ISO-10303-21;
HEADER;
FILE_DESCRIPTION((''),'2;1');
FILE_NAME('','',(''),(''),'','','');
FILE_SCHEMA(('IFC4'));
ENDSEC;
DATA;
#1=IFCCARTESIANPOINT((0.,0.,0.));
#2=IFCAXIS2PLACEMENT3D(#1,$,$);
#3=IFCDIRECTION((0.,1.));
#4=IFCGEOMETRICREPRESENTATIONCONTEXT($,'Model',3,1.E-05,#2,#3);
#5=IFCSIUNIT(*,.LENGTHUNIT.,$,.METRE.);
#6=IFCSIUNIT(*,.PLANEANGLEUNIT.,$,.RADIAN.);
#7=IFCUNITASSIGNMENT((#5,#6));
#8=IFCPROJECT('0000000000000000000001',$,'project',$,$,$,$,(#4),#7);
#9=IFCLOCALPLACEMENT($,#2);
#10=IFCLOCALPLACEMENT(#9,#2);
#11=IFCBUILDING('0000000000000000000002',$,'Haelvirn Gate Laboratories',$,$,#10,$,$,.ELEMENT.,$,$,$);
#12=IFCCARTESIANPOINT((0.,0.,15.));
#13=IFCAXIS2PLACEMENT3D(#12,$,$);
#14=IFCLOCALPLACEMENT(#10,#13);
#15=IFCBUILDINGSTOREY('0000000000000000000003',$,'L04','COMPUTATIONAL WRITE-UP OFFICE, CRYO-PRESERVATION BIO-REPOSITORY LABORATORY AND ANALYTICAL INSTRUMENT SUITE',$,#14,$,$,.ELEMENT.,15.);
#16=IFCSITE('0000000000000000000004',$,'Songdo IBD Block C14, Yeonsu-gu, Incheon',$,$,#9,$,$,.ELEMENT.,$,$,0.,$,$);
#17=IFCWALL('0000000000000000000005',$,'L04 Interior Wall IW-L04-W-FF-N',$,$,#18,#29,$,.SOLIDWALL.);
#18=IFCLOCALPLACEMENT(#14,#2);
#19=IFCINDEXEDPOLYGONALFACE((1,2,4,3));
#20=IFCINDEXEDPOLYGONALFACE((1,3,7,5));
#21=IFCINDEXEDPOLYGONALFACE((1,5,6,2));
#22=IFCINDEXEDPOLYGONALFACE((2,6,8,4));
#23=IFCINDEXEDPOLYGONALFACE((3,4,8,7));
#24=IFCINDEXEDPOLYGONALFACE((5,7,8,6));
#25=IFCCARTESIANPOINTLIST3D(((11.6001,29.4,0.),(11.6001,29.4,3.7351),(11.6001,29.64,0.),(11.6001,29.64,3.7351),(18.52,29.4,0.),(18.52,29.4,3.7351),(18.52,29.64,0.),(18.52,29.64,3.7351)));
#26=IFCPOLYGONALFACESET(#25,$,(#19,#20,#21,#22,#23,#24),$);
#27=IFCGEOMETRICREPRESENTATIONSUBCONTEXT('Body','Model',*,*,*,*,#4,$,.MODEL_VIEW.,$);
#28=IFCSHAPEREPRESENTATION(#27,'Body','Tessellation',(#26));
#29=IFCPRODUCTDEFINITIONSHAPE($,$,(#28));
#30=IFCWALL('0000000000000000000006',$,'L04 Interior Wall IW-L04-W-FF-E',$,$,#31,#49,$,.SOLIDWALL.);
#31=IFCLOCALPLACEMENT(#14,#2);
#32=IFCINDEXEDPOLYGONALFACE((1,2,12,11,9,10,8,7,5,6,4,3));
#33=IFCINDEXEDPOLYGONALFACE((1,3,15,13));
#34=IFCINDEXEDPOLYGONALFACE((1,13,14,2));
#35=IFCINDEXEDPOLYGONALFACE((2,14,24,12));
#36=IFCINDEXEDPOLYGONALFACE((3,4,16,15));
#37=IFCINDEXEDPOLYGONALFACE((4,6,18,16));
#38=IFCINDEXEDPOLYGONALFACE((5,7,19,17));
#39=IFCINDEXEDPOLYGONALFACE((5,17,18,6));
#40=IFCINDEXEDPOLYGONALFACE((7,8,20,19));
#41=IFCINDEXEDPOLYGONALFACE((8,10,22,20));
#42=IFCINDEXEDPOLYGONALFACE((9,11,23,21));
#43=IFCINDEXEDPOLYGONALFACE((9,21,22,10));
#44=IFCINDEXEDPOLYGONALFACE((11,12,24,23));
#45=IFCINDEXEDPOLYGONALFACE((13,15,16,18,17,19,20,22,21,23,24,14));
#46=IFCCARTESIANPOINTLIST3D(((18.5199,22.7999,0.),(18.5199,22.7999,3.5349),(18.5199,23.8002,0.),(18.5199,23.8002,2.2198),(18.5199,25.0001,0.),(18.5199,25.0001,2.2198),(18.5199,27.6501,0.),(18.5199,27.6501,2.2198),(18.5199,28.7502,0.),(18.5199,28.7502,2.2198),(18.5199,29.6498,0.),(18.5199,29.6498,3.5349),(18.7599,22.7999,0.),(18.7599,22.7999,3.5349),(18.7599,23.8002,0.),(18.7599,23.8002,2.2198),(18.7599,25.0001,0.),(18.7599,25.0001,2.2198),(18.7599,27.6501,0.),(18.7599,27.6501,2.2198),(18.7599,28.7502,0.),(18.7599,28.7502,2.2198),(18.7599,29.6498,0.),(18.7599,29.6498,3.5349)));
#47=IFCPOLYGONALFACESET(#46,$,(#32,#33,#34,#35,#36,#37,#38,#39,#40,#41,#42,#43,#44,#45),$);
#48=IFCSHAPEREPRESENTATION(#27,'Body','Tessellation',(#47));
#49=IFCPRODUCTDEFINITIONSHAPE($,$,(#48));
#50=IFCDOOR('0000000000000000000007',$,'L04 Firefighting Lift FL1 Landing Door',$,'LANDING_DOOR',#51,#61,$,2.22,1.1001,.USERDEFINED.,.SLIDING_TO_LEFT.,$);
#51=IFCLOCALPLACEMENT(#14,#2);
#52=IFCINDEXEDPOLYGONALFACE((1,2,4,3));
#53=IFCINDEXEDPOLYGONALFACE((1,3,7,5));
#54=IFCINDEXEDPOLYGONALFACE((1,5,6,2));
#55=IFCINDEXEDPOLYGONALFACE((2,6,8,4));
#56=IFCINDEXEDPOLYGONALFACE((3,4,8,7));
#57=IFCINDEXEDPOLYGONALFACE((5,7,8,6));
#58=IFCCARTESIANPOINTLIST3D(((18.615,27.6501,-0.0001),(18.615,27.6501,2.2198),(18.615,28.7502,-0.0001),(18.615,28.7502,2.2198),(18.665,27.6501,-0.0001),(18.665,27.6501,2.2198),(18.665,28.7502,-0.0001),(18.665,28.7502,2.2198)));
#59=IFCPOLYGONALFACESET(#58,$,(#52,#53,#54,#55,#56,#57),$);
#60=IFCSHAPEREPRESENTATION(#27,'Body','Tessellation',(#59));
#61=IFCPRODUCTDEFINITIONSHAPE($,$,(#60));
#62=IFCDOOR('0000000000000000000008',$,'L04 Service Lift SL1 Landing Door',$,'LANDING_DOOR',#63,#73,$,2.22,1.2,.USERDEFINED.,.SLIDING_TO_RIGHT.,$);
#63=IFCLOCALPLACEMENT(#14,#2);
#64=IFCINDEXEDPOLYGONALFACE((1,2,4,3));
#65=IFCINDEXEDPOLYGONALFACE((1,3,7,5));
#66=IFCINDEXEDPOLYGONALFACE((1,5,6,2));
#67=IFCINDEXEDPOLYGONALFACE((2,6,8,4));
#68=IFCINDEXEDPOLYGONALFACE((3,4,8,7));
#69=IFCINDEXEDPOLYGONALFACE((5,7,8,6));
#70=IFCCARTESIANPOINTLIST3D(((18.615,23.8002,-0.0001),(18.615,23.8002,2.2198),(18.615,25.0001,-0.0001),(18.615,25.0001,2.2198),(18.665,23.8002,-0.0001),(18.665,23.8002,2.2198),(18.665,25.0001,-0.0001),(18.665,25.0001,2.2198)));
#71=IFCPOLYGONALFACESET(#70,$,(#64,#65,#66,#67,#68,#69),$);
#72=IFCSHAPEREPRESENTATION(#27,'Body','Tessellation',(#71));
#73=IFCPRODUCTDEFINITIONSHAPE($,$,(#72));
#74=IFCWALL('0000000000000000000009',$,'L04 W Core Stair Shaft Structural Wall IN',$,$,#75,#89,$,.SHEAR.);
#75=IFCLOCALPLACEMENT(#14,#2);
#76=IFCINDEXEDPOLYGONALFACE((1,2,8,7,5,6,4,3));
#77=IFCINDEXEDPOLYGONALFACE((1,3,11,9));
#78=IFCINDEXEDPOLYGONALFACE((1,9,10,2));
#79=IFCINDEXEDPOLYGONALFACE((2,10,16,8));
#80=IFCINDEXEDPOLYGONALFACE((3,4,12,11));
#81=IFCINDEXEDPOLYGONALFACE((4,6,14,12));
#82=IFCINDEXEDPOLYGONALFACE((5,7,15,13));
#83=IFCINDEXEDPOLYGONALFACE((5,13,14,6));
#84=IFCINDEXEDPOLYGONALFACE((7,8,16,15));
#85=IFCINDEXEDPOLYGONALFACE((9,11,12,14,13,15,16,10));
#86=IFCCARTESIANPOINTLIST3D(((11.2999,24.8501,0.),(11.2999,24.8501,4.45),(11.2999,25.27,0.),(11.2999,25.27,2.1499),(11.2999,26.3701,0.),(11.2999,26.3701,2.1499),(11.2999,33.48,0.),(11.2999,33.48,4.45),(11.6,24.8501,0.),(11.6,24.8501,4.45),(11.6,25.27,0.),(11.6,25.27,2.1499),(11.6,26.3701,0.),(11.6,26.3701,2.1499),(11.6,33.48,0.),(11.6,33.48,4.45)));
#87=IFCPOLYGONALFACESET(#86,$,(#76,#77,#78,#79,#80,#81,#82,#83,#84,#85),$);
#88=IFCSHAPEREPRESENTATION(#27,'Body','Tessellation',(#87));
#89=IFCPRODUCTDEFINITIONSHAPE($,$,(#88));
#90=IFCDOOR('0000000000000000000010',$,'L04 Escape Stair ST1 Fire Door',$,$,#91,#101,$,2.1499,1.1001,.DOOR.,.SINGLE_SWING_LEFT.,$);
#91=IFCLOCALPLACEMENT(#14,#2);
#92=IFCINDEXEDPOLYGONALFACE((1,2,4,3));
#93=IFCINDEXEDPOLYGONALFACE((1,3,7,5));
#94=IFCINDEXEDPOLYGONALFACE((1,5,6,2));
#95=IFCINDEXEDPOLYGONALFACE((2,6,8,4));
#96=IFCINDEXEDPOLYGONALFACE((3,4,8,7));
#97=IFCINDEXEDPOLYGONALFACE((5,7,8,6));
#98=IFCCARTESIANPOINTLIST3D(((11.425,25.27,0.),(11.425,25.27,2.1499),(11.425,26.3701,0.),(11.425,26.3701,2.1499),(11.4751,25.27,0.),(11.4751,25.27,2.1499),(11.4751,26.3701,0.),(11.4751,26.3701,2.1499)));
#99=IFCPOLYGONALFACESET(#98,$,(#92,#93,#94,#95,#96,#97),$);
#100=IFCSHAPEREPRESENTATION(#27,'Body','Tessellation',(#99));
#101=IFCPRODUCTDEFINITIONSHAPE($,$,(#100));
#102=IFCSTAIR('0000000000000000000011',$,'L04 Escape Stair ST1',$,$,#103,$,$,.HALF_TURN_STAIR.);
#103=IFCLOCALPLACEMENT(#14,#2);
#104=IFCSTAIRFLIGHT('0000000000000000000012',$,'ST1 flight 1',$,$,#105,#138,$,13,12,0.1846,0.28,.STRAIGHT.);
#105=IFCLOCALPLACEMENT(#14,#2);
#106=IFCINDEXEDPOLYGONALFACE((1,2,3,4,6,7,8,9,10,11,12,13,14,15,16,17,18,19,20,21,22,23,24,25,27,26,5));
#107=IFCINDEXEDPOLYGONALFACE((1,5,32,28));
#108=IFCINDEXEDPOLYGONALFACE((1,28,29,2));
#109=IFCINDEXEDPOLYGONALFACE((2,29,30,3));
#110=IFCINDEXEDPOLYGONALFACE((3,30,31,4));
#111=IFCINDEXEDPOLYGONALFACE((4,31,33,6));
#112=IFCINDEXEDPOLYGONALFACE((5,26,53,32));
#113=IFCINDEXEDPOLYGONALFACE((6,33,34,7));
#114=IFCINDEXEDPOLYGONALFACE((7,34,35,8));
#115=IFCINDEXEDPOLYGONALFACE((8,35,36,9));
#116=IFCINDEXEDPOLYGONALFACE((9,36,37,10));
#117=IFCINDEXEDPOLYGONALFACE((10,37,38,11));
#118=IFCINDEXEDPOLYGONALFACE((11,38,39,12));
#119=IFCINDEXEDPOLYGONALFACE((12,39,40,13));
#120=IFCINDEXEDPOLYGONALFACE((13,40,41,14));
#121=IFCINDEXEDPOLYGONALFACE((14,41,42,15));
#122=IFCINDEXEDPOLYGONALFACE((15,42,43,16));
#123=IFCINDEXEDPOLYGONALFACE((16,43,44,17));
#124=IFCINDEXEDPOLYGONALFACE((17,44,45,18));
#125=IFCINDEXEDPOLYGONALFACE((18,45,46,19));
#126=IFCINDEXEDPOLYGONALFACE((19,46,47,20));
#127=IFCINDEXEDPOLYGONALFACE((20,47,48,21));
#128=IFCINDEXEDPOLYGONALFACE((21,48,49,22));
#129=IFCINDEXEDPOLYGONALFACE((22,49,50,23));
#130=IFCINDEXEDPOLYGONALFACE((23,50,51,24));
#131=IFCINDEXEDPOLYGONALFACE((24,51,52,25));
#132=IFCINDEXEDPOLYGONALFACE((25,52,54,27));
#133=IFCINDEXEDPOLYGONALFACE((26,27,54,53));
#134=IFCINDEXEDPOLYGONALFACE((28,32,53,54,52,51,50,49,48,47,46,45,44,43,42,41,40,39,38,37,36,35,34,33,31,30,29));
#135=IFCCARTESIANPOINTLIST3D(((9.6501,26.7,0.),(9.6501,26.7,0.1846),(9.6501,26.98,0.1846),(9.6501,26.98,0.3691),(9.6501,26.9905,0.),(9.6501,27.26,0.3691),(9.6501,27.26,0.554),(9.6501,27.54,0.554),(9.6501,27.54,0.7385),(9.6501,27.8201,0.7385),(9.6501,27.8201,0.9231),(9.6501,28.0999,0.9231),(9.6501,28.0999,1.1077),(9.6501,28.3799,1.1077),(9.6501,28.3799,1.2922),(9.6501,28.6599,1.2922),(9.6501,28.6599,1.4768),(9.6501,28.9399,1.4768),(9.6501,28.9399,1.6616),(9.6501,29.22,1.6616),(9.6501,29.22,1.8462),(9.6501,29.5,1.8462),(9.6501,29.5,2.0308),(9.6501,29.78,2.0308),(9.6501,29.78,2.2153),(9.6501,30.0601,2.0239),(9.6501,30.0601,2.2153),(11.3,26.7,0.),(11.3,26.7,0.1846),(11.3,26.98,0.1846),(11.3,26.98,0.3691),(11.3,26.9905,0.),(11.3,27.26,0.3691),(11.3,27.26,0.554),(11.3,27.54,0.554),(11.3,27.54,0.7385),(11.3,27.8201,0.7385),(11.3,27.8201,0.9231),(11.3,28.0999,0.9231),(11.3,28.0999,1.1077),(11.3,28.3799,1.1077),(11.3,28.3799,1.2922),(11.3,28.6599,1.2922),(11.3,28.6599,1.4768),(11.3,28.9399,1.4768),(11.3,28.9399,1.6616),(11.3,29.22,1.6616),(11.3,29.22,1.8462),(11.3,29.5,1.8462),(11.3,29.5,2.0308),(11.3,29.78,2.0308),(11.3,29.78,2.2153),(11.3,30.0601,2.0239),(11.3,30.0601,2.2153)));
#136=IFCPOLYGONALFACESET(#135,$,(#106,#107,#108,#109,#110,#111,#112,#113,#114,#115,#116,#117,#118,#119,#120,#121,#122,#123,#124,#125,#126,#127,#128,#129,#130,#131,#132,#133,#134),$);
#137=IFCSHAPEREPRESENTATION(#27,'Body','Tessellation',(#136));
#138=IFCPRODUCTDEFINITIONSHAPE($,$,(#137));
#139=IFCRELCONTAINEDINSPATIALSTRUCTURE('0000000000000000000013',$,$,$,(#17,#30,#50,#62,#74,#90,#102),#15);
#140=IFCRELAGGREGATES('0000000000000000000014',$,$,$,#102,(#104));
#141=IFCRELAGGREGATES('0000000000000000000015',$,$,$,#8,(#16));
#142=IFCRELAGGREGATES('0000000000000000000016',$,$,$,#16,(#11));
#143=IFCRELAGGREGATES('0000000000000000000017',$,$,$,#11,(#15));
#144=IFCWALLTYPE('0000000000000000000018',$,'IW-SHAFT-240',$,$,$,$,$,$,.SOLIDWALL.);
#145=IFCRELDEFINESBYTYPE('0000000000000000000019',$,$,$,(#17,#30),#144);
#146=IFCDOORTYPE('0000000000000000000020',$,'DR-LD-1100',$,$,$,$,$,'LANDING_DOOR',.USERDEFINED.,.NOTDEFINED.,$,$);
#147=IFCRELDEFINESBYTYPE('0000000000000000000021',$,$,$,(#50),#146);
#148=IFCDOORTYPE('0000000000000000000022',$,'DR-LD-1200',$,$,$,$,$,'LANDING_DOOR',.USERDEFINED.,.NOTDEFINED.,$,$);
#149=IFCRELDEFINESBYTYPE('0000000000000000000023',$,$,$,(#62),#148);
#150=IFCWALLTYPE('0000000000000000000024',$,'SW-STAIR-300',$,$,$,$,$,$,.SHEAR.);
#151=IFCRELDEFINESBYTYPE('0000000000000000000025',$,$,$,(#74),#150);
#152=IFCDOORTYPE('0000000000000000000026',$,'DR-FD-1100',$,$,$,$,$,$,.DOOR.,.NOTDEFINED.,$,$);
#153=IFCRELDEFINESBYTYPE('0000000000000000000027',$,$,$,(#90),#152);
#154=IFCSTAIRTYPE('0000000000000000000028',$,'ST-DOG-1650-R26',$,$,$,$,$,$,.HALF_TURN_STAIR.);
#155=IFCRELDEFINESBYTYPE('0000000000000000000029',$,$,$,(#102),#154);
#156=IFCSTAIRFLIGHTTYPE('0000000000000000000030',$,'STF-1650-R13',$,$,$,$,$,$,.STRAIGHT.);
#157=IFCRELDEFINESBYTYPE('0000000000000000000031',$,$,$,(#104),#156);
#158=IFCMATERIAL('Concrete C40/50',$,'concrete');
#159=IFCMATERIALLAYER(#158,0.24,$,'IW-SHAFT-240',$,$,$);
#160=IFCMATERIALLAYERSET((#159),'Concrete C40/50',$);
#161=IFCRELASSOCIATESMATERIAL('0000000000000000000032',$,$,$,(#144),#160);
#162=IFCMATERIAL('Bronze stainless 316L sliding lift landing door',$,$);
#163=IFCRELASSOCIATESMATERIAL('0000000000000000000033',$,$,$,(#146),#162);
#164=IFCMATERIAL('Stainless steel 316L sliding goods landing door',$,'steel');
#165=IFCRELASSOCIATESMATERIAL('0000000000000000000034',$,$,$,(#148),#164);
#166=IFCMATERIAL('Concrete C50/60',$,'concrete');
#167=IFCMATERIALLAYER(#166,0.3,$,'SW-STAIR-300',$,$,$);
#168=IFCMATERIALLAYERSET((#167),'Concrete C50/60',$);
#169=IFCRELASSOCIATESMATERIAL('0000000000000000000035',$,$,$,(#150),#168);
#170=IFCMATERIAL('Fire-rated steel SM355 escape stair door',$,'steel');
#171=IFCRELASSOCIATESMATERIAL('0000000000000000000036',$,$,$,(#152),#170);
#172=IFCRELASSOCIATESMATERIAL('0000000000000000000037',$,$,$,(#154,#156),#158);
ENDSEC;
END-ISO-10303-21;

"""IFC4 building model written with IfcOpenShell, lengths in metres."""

from ifc_helpers import new_model, si_unit, direction, frame, frame_2d, origin, place, context, subcontext, project, spatial, polyline, rectangle, outline, extrude, source, transform, mapped, material, layer, layer_set, type_object, type_shapes, element, fill, aggregate, save


model = new_model("IFC4")

# Units and contexts
model_context = context("Model", 3, precision=1e-05, world=origin(), true_north=direction((0.0, 1.0)))
body_context = subcontext(model_context, "Body", "Model", "MODEL_VIEW")
ifc_project = project(units=[si_unit("LENGTHUNIT", "METRE"), si_unit("PLANEANGLEUNIT", "RADIAN")], contexts=[model_context])

# Site, building, storey
site_placement = place(None, origin())
site = spatial("IfcSite", under=ifc_project, at=site_placement, Name="Songdo IBD Block C14, Yeonsu-gu, Incheon", CompositionType="ELEMENT", RefElevation=0.0)
building_placement = place(site_placement, origin())
building = spatial("IfcBuilding", under=site, at=building_placement, Name="Haelvirn Gate Laboratories", CompositionType="ELEMENT")
storey_placement = place(building_placement, frame((0.0, 0.0, 15.0)))
storey = spatial("IfcBuildingStorey", under=building, at=storey_placement, Name="L04", Description="COMPUTATIONAL WRITE-UP OFFICE, CRYO-PRESERVATION BIO-REPOSITORY LABORATORY AND ANALYTICAL INSTRUMENT SUITE", CompositionType="ELEMENT", Elevation=15.0)

# Shared definitions
ifc_material_1 = material(Name="Concrete C40/50", Category="concrete")

# Shared definitions
ifc_layer_1 = layer(ifc_material_1, 0.24, Name="IW-SHAFT-240")
ifc_layer_set_1 = layer_set([ifc_layer_1], Name="Concrete C40/50")
wall_type_1 = type_object("IfcWallType", Name="IW-SHAFT-240", PredefinedType="SOLIDWALL", material=ifc_layer_set_1)

# Wall
wall_1_placement = place(storey_placement, frame((11.6001, 29.52, 0.0), z_axis=(0.0, 0.0, 1.0), x_axis=(1.0, 0.0, 0.0)))
element("IfcWall", 1, at=wall_1_placement, inside=storey, type_object=wall_type_1, Name="L04 Interior Wall IW-L04-W-FF-N", PredefinedType="SOLIDWALL", context=body_context, shape_type="SweptSolid", body=[
    extrude(rectangle(XDim=6.9199, YDim=0.24, at=frame_2d((3.46, 0.0))), origin(), (0.0, 0.0, 1.0), 3.7351),
])

# Wall, openings, doors
wall_2_placement = place(storey_placement, frame((18.6399, 22.8, 0.0), z_axis=(0.0, 0.0, 1.0), x_axis=(0.0, 1.0, 0.0)))
wall_2 = element("IfcWall", 2, at=wall_2_placement, inside=storey, type_object=wall_type_1, Name="L04 Interior Wall IW-L04-W-FF-E", PredefinedType="SOLIDWALL", context=body_context, shape_type="SweptSolid", body=[
    extrude(rectangle(XDim=6.8499, YDim=0.24, at=frame_2d((3.4248, 0.0))), origin(), (0.0, 0.0, 1.0), 3.5349),
])
opening_1_placement = place(wall_2_placement, frame((4.8501, 0.0, 0.0)))
opening_1 = element("IfcOpeningElement", 3, at=opening_1_placement, cuts=wall_2, PredefinedType="OPENING", context=body_context, shape_type="SweptSolid", body=[
    extrude(rectangle(XDim=1.1001, YDim=2.22, at=frame_2d((0.55, 1.1099))), frame((0.0, 0.1299, 0.0), z_axis=(0.0, -1.0, 0.0), x_axis=(1.0, 0.0, 0.0)), (0.0, 0.0, 1.0), 0.26),
])
opening_2_placement = place(wall_2_placement, frame((1.0, 0.0, 0.0)))
opening_2 = element("IfcOpeningElement", 4, at=opening_2_placement, cuts=wall_2, PredefinedType="OPENING", context=body_context, shape_type="SweptSolid", body=[
    extrude(rectangle(XDim=1.2, YDim=2.22, at=frame_2d((0.6001, 1.1099))), frame((0.0, 0.1299, 0.0), z_axis=(0.0, -1.0, 0.0), x_axis=(1.0, 0.0, 0.0)), (0.0, 0.0, 1.0), 0.26),
])
ifc_material_2 = material(Name="Bronze stainless 316L sliding lift landing door")
door_type_1 = type_object("IfcDoorType", Name="DR-LD-1100", ElementType="LANDING_DOOR", OperationType="NOTDEFINED", PredefinedType="USERDEFINED", material=ifc_material_2)
shared_shape_1 = source(origin(), body_context, "Body", "SweptSolid", [
    extrude(rectangle(XDim=1.1001, YDim=2.22, at=frame_2d((0.55, 1.1099))), frame((0.0, 0.0249, 0.0), z_axis=(0.0, -1.0, 0.0), x_axis=(1.0, 0.0, 0.0)), (0.0, 0.0, 1.0), 0.05),
])
type_shapes(door_type_1, [shared_shape_1])
door_1_placement = place(opening_1_placement, origin())
door_1 = element("IfcDoor", 5, at=door_1_placement, inside=storey, type_object=door_type_1, Name="L04 Firefighting Lift FL1 Landing Door", ObjectType="LANDING_DOOR", OperationType="SLIDING_TO_LEFT", OverallHeight=2.22, OverallWidth=1.1001, PredefinedType="USERDEFINED", context=body_context, shape_type="MappedRepresentation", body=[
    mapped(shared_shape_1, transform((0.0, 0.0, 0.0), scale=1.0)),
])
fill(opening_1, door_1)
ifc_material_3 = material(Name="Stainless steel 316L sliding goods landing door", Category="steel")
door_type_2 = type_object("IfcDoorType", Name="DR-LD-1200", ElementType="LANDING_DOOR", OperationType="NOTDEFINED", PredefinedType="USERDEFINED", material=ifc_material_3)
shared_shape_2 = source(origin(), body_context, "Body", "SweptSolid", [
    extrude(rectangle(XDim=1.2, YDim=2.22, at=frame_2d((0.6001, 1.1099))), frame((0.0, 0.0249, 0.0), z_axis=(0.0, -1.0, 0.0), x_axis=(1.0, 0.0, 0.0)), (0.0, 0.0, 1.0), 0.05),
])
type_shapes(door_type_2, [shared_shape_2])
door_2_placement = place(opening_2_placement, origin())
door_2 = element("IfcDoor", 6, at=door_2_placement, inside=storey, type_object=door_type_2, Name="L04 Service Lift SL1 Landing Door", ObjectType="LANDING_DOOR", OperationType="SLIDING_TO_RIGHT", OverallHeight=2.22, OverallWidth=1.2, PredefinedType="USERDEFINED", context=body_context, shape_type="MappedRepresentation", body=[
    mapped(shared_shape_2, transform((0.0, 0.0, 0.0), scale=1.0)),
])
fill(opening_2, door_2)

# Wall, opening, door
ifc_material_4 = material(Name="Concrete C50/60", Category="concrete")
ifc_layer_2 = layer(ifc_material_4, 0.3, Name="SW-STAIR-300")
ifc_layer_set_2 = layer_set([ifc_layer_2], Name="Concrete C50/60")
wall_type_2 = type_object("IfcWallType", Name="SW-STAIR-300", PredefinedType="SHEAR", material=ifc_layer_set_2)
wall_3_placement = place(storey_placement, frame((11.45, 24.8501, 0.0), z_axis=(0.0, 0.0, 1.0), x_axis=(0.0, 1.0, 0.0)))
wall_3 = element("IfcWall", 7, at=wall_3_placement, inside=storey, type_object=wall_type_2, Name="L04 W Core Stair Shaft Structural Wall IN", PredefinedType="SHEAR", context=body_context, shape_type="SweptSolid", body=[
    extrude(rectangle(XDim=8.6299, YDim=0.3, at=frame_2d((4.3149, 0.0))), origin(), (0.0, 0.0, 1.0), 4.45),
])
opening_3_placement = place(wall_3_placement, frame((0.4199, 0.0, 0.0)))
opening_3 = element("IfcOpeningElement", 8, at=opening_3_placement, cuts=wall_3, PredefinedType="OPENING", context=body_context, shape_type="SweptSolid", body=[
    extrude(rectangle(XDim=1.1001, YDim=2.1499, at=frame_2d((0.55, 1.075))), frame((0.0, 0.1602, 0.0), z_axis=(0.0, -1.0, 0.0), x_axis=(1.0, 0.0, 0.0)), (0.0, 0.0, 1.0), 0.3201),
])
ifc_material_5 = material(Name="Fire-rated steel SM355 escape stair door", Category="steel")
door_type_3 = type_object("IfcDoorType", Name="DR-FD-1100", OperationType="NOTDEFINED", PredefinedType="DOOR", material=ifc_material_5)
shared_shape_3 = source(origin(), body_context, "Body", "SweptSolid", [
    extrude(rectangle(XDim=1.1001, YDim=2.1499, at=frame_2d((0.55, 1.075))), frame((0.0, 0.0249, 0.0), z_axis=(0.0, -1.0, 0.0), x_axis=(1.0, 0.0, 0.0)), (0.0, 0.0, 1.0), 0.05),
])
type_shapes(door_type_3, [shared_shape_3])
door_3_placement = place(opening_3_placement, origin())
door_3 = element("IfcDoor", 9, at=door_3_placement, inside=storey, type_object=door_type_3, Name="L04 Escape Stair ST1 Fire Door", OperationType="SINGLE_SWING_LEFT", OverallHeight=2.1499, OverallWidth=1.1001, PredefinedType="DOOR", context=body_context, shape_type="MappedRepresentation", body=[
    mapped(shared_shape_3, transform((0.0, 0.0, 0.0), scale=1.0)),
])
fill(opening_3, door_3)

# Stair, stair flight
stair_type = type_object("IfcStairType", Name="ST-DOG-1650-R26", PredefinedType="HALF_TURN_STAIR", material=ifc_material_1)
stair_placement = place(storey_placement, origin())
stair = element("IfcStair", 10, at=stair_placement, inside=storey, type_object=stair_type, Name="L04 Escape Stair ST1", PredefinedType="HALF_TURN_STAIR")
stair_flight_type = type_object("IfcStairFlightType", Name="STF-1650-R13", PredefinedType="STRAIGHT", material=ifc_material_1)
shared_shape_4 = source(origin(), body_context, "Body", "SweptSolid", [
    extrude(outline(polyline([(0.0, 0.0), (0.0, 0.1846), (0.28, 0.1846), (0.28, 0.3691), (0.5601, 0.3691), (0.5601, 0.554), (0.8401, 0.554), (0.8401, 0.7385), (1.1201, 0.7385), (1.1201, 0.9231), (1.3999, 0.9231), (1.3999, 1.1077), (1.6799, 1.1077), (1.6799, 1.2922), (1.96, 1.2922), (1.96, 1.4768), (2.24, 1.4768), (2.24, 1.6616), (2.52, 1.6616), (2.52, 1.8462), (2.8, 1.8462), (2.8, 2.0308), (3.0801, 2.0308), (3.0801, 2.2153), (3.3601, 2.2153), (3.3601, 2.3999), (3.3601, 2.0239), (0.2905, 0.0), (0.0, 0.0)])), frame((0.0, 0.825, 0.0), z_axis=(0.0, -1.0, 0.0), x_axis=(1.0, 0.0, 0.0)), (0.0, 0.0, 1.0), 1.6499),
])
type_shapes(stair_flight_type, [shared_shape_4])
stair_flight_placement = place(storey_placement, frame((10.4751, 26.7, 0.0), z_axis=(0.0, 0.0, 1.0), x_axis=(0.0, 1.0, 0.0)))
stair_flight = element("IfcStairFlight", 11, at=stair_flight_placement, type_object=stair_flight_type, Name="ST1 flight 1", NumberOfRisers=13, NumberOfTreads=12, PredefinedType="STRAIGHT", RiserHeight=0.1846, TreadLength=0.28, context=body_context, shape_type="MappedRepresentation", body=[
    mapped(shared_shape_4, transform((0.0, 0.0, 0.0), scale=1.0)),
])
aggregate(stair, [stair_flight])

save(model, "model.ifc")
